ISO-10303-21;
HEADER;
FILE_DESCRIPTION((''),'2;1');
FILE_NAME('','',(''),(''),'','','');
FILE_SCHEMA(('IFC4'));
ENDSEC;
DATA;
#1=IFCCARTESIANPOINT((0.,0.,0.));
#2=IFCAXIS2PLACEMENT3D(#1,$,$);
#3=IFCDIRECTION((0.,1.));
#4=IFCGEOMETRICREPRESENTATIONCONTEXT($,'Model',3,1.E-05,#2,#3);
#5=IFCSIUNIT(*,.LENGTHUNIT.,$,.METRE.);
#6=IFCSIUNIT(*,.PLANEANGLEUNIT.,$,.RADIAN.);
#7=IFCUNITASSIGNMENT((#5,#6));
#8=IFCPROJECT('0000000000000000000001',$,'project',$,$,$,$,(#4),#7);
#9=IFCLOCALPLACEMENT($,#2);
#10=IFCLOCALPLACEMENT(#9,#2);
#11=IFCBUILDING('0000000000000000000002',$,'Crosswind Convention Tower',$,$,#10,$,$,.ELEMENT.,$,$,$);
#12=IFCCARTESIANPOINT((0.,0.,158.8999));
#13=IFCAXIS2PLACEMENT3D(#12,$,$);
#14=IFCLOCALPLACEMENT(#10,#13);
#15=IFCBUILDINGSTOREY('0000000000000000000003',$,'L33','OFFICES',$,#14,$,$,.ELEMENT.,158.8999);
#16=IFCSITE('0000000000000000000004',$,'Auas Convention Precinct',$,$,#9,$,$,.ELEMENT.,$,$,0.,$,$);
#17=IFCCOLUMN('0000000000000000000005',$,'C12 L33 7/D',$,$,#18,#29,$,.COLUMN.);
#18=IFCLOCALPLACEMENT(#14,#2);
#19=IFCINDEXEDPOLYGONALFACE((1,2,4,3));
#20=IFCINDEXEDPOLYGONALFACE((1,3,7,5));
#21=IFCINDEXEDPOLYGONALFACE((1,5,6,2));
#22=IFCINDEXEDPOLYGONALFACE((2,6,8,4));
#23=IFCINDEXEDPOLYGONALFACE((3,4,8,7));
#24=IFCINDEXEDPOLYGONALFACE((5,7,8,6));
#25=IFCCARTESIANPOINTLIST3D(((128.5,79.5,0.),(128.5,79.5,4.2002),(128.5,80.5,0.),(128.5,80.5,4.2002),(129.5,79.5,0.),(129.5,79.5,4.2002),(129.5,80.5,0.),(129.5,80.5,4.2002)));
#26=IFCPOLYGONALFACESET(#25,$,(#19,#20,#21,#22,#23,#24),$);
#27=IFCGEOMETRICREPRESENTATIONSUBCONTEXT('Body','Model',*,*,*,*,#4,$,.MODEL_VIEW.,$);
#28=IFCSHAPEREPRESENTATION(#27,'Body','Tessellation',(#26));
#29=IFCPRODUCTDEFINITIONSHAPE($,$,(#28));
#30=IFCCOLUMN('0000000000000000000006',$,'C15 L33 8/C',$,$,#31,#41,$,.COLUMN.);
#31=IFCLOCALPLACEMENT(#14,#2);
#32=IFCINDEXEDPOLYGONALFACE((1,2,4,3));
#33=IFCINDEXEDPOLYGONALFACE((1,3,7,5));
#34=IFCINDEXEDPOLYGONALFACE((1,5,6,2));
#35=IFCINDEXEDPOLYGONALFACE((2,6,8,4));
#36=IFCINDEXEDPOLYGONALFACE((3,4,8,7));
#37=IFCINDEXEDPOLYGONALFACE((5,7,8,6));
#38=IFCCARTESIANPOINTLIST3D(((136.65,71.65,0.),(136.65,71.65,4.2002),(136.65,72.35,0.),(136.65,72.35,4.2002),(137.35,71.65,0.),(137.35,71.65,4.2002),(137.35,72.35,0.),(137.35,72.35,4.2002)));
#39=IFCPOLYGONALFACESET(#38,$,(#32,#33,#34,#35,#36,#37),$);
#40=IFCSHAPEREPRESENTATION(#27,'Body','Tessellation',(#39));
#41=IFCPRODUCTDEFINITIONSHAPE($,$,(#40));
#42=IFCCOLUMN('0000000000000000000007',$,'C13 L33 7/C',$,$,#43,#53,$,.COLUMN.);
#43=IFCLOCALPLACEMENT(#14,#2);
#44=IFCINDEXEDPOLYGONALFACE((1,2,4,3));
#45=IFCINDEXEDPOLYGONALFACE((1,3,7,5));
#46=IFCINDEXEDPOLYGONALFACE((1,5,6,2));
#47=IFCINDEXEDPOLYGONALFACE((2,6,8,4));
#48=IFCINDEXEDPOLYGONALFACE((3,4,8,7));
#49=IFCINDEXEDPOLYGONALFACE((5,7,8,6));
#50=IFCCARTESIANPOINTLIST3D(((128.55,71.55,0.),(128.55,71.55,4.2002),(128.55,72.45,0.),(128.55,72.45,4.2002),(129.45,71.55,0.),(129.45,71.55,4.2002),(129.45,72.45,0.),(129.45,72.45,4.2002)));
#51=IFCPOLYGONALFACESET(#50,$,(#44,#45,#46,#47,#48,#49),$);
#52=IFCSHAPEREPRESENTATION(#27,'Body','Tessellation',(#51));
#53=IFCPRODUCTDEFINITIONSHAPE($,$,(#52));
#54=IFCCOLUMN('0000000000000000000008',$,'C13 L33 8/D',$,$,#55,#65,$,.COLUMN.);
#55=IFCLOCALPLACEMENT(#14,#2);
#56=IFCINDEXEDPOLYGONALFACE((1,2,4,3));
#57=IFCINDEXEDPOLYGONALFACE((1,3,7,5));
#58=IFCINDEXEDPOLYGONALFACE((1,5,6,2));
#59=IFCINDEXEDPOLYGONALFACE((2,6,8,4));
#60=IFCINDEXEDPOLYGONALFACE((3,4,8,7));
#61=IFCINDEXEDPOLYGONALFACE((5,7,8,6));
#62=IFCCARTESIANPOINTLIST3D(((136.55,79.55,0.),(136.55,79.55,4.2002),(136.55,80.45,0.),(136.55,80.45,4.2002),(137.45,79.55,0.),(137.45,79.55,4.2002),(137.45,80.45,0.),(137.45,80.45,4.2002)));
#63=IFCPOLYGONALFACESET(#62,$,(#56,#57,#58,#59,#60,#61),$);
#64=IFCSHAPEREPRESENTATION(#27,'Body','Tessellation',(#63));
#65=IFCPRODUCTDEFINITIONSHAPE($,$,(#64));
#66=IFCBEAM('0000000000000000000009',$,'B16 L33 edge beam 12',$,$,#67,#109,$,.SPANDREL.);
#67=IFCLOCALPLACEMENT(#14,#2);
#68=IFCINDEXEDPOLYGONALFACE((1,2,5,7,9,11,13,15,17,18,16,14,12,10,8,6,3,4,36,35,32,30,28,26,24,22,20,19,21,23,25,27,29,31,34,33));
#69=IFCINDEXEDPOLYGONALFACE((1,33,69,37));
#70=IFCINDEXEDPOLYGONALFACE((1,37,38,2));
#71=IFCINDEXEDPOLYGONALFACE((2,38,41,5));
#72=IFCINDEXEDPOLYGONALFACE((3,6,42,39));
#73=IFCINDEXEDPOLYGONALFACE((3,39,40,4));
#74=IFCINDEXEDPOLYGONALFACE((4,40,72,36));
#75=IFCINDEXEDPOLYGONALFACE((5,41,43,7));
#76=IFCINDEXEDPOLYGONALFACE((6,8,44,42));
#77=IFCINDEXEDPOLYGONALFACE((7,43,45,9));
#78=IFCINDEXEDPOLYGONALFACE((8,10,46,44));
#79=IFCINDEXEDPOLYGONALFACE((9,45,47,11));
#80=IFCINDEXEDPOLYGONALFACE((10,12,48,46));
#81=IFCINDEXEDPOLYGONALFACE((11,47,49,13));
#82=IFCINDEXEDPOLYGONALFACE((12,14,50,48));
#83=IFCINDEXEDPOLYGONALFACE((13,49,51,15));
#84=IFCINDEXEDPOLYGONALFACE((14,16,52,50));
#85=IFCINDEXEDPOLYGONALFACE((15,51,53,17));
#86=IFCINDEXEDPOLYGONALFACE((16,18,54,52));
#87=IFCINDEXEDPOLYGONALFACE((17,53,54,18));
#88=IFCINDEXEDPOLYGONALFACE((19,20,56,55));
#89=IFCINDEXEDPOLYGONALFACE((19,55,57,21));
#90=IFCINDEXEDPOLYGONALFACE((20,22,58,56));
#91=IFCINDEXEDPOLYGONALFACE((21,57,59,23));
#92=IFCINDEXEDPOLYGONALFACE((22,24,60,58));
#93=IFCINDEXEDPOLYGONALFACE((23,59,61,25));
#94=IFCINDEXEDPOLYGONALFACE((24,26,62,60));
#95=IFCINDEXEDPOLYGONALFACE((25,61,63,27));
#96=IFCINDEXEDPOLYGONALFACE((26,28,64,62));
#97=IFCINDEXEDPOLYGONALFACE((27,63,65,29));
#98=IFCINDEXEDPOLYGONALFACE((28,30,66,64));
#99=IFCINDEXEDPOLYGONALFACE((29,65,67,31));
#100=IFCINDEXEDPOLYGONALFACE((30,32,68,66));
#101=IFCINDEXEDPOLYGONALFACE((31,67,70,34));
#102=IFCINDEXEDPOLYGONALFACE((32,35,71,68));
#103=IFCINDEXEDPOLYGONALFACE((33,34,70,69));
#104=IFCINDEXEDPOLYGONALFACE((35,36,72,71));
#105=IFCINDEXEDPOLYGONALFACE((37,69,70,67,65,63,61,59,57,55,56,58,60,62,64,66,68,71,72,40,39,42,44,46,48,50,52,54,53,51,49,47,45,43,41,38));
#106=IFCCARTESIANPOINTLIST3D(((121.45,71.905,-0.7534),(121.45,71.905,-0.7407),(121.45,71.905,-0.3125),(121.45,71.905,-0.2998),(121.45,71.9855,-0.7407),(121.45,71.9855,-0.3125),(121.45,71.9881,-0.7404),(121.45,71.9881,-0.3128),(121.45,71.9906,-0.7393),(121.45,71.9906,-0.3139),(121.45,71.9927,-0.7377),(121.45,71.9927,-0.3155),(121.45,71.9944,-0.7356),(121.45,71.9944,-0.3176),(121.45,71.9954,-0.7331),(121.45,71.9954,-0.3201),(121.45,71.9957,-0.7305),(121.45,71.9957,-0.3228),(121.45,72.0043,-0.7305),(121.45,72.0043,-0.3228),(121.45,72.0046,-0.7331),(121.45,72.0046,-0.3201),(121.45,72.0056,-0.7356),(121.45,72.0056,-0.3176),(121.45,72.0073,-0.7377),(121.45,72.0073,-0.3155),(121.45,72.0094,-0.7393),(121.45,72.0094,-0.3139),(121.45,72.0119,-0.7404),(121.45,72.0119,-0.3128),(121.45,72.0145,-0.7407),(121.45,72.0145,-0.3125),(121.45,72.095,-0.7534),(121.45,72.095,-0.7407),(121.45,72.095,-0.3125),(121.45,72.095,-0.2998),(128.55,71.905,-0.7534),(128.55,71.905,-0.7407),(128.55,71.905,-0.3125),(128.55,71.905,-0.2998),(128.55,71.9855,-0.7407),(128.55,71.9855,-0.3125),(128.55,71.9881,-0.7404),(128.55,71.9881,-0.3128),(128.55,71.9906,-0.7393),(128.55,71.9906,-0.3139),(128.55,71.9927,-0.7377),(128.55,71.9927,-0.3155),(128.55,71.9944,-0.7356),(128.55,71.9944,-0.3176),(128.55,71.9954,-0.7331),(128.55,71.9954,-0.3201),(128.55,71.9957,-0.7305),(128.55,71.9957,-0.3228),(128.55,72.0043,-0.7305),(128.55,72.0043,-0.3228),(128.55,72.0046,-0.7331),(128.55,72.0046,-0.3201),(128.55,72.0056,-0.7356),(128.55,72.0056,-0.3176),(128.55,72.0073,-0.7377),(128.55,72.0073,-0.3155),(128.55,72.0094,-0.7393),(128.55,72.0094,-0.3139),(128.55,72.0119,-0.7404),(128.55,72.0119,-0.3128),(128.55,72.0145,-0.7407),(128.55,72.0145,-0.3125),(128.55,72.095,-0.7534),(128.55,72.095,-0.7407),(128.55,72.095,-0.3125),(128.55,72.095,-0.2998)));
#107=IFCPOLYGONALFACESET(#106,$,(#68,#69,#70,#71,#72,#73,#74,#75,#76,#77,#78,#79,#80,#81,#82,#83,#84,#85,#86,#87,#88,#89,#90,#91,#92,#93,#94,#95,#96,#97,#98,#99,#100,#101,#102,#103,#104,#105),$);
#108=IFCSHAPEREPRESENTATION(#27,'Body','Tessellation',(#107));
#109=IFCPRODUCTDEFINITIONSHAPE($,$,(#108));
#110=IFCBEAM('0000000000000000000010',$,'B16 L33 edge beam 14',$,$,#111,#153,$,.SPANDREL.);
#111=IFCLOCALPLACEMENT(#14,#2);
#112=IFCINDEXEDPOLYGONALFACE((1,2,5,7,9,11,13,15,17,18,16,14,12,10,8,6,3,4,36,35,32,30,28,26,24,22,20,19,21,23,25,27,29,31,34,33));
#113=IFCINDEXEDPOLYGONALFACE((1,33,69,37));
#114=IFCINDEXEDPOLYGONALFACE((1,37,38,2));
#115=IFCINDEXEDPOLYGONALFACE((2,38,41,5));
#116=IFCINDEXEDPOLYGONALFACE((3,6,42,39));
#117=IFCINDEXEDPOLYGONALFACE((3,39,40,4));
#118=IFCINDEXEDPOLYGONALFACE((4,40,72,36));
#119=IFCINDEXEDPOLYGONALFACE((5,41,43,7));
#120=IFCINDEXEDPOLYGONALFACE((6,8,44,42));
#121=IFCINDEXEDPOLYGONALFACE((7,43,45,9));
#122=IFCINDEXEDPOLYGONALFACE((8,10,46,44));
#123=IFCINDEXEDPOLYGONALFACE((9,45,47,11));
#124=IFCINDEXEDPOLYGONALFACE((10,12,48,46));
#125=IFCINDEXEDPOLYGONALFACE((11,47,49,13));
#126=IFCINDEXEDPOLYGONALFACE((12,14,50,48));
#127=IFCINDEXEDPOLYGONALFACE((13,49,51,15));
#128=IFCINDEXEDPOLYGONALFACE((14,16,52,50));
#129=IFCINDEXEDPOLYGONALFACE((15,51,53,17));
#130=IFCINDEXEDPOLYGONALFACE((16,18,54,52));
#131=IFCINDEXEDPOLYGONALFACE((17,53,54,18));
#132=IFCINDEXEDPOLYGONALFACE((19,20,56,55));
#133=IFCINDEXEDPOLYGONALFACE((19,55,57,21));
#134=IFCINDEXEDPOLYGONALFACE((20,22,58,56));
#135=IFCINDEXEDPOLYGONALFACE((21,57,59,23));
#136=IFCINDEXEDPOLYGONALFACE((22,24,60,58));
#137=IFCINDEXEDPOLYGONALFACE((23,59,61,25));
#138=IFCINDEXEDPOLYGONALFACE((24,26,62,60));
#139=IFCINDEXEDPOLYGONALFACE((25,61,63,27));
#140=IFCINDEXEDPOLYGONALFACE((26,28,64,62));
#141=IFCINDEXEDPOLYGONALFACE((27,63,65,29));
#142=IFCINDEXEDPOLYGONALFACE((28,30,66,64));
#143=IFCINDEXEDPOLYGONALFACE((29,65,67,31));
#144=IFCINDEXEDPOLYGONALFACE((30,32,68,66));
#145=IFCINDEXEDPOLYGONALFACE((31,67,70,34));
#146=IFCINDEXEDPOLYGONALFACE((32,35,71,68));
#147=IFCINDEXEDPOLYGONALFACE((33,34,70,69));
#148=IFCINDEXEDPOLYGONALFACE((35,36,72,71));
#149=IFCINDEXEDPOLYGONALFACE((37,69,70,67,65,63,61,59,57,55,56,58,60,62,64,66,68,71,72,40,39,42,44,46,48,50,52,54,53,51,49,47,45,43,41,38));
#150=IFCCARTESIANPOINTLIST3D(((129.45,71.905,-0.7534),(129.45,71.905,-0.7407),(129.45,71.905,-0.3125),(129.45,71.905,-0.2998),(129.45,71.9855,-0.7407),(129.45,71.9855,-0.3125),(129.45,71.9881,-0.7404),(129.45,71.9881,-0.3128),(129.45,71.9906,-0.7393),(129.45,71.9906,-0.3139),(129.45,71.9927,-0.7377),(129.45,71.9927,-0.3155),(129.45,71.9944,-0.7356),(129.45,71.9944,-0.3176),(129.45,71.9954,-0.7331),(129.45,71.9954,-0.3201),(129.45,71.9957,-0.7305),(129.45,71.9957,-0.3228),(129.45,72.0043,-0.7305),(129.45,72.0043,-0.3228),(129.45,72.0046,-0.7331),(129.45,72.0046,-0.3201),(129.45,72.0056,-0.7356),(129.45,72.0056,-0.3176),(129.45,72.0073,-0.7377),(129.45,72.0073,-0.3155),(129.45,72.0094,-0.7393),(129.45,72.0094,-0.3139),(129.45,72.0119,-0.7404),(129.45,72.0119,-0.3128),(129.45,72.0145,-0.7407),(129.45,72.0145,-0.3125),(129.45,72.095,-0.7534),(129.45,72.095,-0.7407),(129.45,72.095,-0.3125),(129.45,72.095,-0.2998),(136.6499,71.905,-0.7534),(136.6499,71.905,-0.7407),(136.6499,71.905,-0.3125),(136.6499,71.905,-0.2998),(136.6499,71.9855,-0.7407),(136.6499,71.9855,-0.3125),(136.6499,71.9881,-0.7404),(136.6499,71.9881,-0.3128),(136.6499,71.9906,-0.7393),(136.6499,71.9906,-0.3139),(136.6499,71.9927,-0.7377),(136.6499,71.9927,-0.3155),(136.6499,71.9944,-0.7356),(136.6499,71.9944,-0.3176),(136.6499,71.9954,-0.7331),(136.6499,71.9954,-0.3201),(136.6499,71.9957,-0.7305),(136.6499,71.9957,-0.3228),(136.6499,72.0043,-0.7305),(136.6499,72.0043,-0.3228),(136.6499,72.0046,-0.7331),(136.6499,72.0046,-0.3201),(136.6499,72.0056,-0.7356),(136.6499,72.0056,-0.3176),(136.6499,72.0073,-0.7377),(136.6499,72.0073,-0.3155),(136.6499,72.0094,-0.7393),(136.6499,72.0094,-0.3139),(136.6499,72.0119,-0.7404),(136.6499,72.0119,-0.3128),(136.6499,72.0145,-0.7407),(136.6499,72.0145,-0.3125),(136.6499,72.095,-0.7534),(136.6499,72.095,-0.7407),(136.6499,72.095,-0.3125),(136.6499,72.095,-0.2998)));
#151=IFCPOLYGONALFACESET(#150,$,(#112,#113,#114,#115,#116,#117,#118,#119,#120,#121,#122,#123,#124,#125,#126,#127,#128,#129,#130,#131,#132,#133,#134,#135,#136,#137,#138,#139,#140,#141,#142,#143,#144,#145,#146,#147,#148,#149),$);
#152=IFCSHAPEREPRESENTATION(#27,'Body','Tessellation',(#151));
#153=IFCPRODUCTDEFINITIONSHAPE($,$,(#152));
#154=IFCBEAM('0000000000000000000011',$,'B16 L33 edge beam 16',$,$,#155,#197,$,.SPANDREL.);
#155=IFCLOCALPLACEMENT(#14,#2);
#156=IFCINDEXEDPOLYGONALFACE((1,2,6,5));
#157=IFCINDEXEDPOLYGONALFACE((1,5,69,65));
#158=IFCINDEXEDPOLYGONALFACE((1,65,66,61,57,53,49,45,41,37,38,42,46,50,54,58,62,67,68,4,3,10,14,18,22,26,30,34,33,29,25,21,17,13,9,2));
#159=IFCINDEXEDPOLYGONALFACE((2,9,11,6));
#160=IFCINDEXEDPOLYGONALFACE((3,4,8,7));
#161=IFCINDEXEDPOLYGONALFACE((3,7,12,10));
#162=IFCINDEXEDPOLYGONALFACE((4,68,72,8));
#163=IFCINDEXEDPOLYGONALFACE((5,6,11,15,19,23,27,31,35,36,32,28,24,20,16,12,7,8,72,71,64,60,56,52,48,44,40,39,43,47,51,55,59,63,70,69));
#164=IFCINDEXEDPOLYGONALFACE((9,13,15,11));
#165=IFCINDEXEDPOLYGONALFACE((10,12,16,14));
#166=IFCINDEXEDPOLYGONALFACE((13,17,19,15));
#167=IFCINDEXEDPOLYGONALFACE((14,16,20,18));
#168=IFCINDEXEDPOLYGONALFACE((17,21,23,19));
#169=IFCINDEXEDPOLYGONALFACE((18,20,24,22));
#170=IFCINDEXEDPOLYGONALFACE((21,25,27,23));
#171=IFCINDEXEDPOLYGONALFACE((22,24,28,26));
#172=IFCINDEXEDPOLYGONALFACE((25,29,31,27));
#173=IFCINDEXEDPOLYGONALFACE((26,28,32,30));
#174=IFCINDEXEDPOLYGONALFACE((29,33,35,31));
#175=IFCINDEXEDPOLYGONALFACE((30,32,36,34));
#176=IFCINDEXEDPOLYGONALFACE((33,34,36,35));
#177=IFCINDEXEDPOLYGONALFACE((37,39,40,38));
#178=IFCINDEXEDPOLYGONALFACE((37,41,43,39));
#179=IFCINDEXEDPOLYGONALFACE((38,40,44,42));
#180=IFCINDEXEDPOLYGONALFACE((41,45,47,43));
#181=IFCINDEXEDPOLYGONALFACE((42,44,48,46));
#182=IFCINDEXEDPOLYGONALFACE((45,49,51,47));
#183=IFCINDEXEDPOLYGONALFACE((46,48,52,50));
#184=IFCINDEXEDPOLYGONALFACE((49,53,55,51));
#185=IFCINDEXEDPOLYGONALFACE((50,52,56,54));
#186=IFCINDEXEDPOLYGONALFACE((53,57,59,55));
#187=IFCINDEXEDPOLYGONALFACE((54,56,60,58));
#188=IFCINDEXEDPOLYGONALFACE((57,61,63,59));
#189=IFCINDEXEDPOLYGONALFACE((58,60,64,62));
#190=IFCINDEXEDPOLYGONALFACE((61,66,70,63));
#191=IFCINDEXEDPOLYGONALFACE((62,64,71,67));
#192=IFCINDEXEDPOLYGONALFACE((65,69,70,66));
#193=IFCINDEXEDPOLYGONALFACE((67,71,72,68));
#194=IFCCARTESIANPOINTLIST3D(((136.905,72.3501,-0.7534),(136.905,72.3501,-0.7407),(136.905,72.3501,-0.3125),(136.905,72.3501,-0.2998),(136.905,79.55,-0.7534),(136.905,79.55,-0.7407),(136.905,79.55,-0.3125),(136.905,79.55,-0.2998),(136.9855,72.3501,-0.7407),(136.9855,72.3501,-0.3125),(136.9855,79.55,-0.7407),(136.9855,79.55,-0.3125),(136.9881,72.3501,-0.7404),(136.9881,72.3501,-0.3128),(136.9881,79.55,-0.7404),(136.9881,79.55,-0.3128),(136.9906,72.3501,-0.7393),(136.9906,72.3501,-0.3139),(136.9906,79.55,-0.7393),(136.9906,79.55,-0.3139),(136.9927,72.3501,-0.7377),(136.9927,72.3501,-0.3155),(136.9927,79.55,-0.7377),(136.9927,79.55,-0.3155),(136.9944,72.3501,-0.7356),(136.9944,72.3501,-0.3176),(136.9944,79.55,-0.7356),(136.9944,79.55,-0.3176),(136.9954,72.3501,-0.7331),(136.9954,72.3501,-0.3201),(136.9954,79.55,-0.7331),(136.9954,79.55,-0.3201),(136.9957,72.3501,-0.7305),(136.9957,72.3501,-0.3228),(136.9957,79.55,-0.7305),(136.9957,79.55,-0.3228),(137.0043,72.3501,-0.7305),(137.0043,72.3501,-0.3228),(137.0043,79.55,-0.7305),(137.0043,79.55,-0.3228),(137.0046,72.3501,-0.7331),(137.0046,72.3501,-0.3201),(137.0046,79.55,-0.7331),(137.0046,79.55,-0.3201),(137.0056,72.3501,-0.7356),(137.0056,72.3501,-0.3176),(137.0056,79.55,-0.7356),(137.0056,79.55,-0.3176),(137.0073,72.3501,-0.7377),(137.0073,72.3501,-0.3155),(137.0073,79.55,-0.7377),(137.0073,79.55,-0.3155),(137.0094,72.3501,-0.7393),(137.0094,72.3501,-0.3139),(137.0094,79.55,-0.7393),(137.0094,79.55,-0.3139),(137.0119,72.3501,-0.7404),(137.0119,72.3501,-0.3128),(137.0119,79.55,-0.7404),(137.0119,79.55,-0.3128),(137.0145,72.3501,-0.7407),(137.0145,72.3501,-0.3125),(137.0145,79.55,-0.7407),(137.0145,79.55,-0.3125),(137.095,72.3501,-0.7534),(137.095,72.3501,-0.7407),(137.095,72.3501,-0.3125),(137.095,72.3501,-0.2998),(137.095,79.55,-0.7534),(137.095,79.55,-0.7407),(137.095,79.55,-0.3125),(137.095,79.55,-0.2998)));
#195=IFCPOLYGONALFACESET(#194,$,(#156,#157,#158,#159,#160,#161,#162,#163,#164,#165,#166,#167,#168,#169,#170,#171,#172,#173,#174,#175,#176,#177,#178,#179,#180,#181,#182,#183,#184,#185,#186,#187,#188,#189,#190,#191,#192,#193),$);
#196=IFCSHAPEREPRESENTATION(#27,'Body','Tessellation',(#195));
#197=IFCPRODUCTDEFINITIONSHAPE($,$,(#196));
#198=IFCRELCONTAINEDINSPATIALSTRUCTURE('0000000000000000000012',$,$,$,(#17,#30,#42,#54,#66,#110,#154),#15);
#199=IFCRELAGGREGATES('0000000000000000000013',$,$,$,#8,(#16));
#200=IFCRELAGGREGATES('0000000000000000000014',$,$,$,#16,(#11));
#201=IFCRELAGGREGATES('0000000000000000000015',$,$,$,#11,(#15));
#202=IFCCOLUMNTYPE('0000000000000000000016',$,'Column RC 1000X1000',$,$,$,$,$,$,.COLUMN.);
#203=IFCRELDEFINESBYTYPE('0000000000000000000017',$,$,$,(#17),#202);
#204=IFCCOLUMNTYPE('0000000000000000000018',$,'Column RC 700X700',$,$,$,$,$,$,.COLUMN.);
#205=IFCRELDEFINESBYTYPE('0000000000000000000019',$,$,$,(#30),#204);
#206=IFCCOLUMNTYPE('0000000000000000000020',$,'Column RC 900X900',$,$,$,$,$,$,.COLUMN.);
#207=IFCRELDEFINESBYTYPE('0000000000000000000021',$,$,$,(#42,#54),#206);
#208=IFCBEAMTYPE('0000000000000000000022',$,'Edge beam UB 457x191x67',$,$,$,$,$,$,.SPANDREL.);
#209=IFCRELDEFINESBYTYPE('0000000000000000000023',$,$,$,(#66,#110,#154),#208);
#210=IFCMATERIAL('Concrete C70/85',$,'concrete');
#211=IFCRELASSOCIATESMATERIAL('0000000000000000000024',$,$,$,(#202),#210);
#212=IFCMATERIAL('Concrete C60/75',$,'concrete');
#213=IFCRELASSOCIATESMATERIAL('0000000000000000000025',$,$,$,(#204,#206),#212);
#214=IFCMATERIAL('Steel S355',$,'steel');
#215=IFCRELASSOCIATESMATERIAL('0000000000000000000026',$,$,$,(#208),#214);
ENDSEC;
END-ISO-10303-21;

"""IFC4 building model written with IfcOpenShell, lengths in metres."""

from ifc_helpers import new_model, si_unit, direction, frame, origin, origin_2d, place, context, subcontext, project, spatial, rectangle, i_section, extrude, material, material_profile, profile_set, type_object, element, save


model = new_model("IFC4")

# Units and contexts
model_context = context("Model", 3, precision=1e-05, world=origin(), true_north=direction((0.0, 1.0)))
body_context = subcontext(model_context, "Body", "Model", "MODEL_VIEW")
ifc_project = project(units=[si_unit("LENGTHUNIT", "METRE"), si_unit("PLANEANGLEUNIT", "RADIAN")], contexts=[model_context])

# Site, building, storey
site_placement = place(None, origin())
site = spatial("IfcSite", under=ifc_project, at=site_placement, Name="Auas Convention Precinct", CompositionType="ELEMENT", RefElevation=0.0)
building_placement = place(site_placement, origin())
building = spatial("IfcBuilding", under=site, at=building_placement, Name="Crosswind Convention Tower", CompositionType="ELEMENT")
storey_placement = place(building_placement, frame((0.0, 0.0, 158.8999)))
storey = spatial("IfcBuildingStorey", under=building, at=storey_placement, Name="L33", Description="OFFICES", CompositionType="ELEMENT", Elevation=158.8999)

# Columns
ifc_material_1 = material(Name="Concrete C70/85", Category="concrete")
ifc_material_profile_1 = material_profile(ifc_material_1, rectangle(XDim=1.0, YDim=1.0, at=origin_2d()), Name="RC 1000X1000")
ifc_profile_set_1 = profile_set([ifc_material_profile_1], Name="Concrete C70/85")
column_type_1 = type_object("IfcColumnType", Name="Column RC 1000X1000", PredefinedType="COLUMN", material=ifc_profile_set_1)
column_1_placement = place(storey_placement, frame((129.0, 80.0, 0.0), z_axis=(0.0, 0.0, 1.0), x_axis=(1.0, 0.0, 0.0)))
element("IfcColumn", 1, at=column_1_placement, inside=storey, type_object=column_type_1, Name="C12 L33 7/D", PredefinedType="COLUMN", context=body_context, shape_type="SweptSolid", body=[
    extrude(rectangle(XDim=1.0, YDim=1.0, at=origin_2d()), origin(), (0.0, 0.0, 1.0), 4.2002),
])
ifc_material_2 = material(Name="Concrete C60/75", Category="concrete")
ifc_material_profile_2 = material_profile(ifc_material_2, rectangle(XDim=0.7, YDim=0.7, at=origin_2d()), Name="RC 700X700")
ifc_profile_set_2 = profile_set([ifc_material_profile_2], Name="Concrete C60/75")
column_type_2 = type_object("IfcColumnType", Name="Column RC 700X700", PredefinedType="COLUMN", material=ifc_profile_set_2)
column_2_placement = place(storey_placement, frame((137.0, 72.0, 0.0), z_axis=(0.0, 0.0, 1.0), x_axis=(1.0, 0.0, 0.0)))
element("IfcColumn", 2, at=column_2_placement, inside=storey, type_object=column_type_2, Name="C15 L33 8/C", PredefinedType="COLUMN", context=body_context, shape_type="SweptSolid", body=[
    extrude(rectangle(XDim=0.7, YDim=0.7, at=origin_2d()), origin(), (0.0, 0.0, 1.0), 4.2002),
])
ifc_material_profile_3 = material_profile(ifc_material_2, rectangle(XDim=0.8999, YDim=0.8999, at=origin_2d()), Name="RC 900X900")
ifc_profile_set_3 = profile_set([ifc_material_profile_3], Name="Concrete C60/75")
column_type_3 = type_object("IfcColumnType", Name="Column RC 900X900", PredefinedType="COLUMN", material=ifc_profile_set_3)
for number, where, z_axis, x_axis, name in (
    (3, (129.0, 72.0, 0.0), (0.0, 0.0, 1.0), (1.0, 0.0, 0.0), "C13 L33 7/C"),
    (4, (137.0, 80.0, 0.0), (0.0, 0.0, 1.0), (1.0, 0.0, 0.0), "C13 L33 8/D"),
):
    element("IfcColumn", number, at=place(storey_placement, frame(where, z_axis=z_axis, x_axis=x_axis)), inside=storey, type_object=column_type_3, Name=name, PredefinedType="COLUMN", context=body_context, shape_type="SweptSolid", body=[
        extrude(rectangle(XDim=0.8999, YDim=0.8999, at=origin_2d()), origin(), (0.0, 0.0, 1.0), 4.2002),
    ])

# Beams
ifc_material_3 = material(Name="Steel S355", Category="steel")
ifc_material_profile_4 = material_profile(ifc_material_3, i_section(OverallWidth=0.1899, OverallDepth=0.4536, WebThickness=0.0085, FlangeThickness=0.0127, FilletRadius=0.0103, at=origin_2d()), Name="UB 457x191x67")
ifc_profile_set_4 = profile_set([ifc_material_profile_4], Name="Steel S355")
beam_type_1 = type_object("IfcBeamType", Name="Edge beam UB 457x191x67", PredefinedType="SPANDREL", material=ifc_profile_set_4)
beam_1_placement = place(storey_placement, frame((121.45, 72.0, -0.5266), z_axis=(1.0, 0.0, 0.0), x_axis=(0.0, 1.0, 0.0)))
element("IfcBeam", 5, at=beam_1_placement, inside=storey, type_object=beam_type_1, Name="B16 L33 edge beam 12", PredefinedType="SPANDREL", context=body_context, shape_type="SweptSolid", body=[
    extrude(i_section(OverallWidth=0.1899, OverallDepth=0.4536, WebThickness=0.0085, FlangeThickness=0.0127, FilletRadius=0.0103, at=origin_2d()), origin(), (0.0, 0.0, 1.0), 7.1001),
])
for number, where, z_axis, x_axis, name in (
    (6, (129.45, 72.0, -0.5266), (1.0, 0.0, 0.0), (0.0, 1.0, 0.0), "B16 L33 edge beam 14"),
    (7, (137.0, 72.3501, -0.5266), (0.0, 1.0, 0.0), (-1.0, 0.0, 0.0), "B16 L33 edge beam 16"),
):
    element("IfcBeam", number, at=place(storey_placement, frame(where, z_axis=z_axis, x_axis=x_axis)), inside=storey, type_object=beam_type_1, Name=name, PredefinedType="SPANDREL", context=body_context, shape_type="SweptSolid", body=[
        extrude(i_section(OverallWidth=0.1899, OverallDepth=0.4536, WebThickness=0.0085, FlangeThickness=0.0127, FilletRadius=0.0103, at=origin_2d()), origin(), (0.0, 0.0, 1.0), 7.2),
    ])

save(model, "model.ifc")
